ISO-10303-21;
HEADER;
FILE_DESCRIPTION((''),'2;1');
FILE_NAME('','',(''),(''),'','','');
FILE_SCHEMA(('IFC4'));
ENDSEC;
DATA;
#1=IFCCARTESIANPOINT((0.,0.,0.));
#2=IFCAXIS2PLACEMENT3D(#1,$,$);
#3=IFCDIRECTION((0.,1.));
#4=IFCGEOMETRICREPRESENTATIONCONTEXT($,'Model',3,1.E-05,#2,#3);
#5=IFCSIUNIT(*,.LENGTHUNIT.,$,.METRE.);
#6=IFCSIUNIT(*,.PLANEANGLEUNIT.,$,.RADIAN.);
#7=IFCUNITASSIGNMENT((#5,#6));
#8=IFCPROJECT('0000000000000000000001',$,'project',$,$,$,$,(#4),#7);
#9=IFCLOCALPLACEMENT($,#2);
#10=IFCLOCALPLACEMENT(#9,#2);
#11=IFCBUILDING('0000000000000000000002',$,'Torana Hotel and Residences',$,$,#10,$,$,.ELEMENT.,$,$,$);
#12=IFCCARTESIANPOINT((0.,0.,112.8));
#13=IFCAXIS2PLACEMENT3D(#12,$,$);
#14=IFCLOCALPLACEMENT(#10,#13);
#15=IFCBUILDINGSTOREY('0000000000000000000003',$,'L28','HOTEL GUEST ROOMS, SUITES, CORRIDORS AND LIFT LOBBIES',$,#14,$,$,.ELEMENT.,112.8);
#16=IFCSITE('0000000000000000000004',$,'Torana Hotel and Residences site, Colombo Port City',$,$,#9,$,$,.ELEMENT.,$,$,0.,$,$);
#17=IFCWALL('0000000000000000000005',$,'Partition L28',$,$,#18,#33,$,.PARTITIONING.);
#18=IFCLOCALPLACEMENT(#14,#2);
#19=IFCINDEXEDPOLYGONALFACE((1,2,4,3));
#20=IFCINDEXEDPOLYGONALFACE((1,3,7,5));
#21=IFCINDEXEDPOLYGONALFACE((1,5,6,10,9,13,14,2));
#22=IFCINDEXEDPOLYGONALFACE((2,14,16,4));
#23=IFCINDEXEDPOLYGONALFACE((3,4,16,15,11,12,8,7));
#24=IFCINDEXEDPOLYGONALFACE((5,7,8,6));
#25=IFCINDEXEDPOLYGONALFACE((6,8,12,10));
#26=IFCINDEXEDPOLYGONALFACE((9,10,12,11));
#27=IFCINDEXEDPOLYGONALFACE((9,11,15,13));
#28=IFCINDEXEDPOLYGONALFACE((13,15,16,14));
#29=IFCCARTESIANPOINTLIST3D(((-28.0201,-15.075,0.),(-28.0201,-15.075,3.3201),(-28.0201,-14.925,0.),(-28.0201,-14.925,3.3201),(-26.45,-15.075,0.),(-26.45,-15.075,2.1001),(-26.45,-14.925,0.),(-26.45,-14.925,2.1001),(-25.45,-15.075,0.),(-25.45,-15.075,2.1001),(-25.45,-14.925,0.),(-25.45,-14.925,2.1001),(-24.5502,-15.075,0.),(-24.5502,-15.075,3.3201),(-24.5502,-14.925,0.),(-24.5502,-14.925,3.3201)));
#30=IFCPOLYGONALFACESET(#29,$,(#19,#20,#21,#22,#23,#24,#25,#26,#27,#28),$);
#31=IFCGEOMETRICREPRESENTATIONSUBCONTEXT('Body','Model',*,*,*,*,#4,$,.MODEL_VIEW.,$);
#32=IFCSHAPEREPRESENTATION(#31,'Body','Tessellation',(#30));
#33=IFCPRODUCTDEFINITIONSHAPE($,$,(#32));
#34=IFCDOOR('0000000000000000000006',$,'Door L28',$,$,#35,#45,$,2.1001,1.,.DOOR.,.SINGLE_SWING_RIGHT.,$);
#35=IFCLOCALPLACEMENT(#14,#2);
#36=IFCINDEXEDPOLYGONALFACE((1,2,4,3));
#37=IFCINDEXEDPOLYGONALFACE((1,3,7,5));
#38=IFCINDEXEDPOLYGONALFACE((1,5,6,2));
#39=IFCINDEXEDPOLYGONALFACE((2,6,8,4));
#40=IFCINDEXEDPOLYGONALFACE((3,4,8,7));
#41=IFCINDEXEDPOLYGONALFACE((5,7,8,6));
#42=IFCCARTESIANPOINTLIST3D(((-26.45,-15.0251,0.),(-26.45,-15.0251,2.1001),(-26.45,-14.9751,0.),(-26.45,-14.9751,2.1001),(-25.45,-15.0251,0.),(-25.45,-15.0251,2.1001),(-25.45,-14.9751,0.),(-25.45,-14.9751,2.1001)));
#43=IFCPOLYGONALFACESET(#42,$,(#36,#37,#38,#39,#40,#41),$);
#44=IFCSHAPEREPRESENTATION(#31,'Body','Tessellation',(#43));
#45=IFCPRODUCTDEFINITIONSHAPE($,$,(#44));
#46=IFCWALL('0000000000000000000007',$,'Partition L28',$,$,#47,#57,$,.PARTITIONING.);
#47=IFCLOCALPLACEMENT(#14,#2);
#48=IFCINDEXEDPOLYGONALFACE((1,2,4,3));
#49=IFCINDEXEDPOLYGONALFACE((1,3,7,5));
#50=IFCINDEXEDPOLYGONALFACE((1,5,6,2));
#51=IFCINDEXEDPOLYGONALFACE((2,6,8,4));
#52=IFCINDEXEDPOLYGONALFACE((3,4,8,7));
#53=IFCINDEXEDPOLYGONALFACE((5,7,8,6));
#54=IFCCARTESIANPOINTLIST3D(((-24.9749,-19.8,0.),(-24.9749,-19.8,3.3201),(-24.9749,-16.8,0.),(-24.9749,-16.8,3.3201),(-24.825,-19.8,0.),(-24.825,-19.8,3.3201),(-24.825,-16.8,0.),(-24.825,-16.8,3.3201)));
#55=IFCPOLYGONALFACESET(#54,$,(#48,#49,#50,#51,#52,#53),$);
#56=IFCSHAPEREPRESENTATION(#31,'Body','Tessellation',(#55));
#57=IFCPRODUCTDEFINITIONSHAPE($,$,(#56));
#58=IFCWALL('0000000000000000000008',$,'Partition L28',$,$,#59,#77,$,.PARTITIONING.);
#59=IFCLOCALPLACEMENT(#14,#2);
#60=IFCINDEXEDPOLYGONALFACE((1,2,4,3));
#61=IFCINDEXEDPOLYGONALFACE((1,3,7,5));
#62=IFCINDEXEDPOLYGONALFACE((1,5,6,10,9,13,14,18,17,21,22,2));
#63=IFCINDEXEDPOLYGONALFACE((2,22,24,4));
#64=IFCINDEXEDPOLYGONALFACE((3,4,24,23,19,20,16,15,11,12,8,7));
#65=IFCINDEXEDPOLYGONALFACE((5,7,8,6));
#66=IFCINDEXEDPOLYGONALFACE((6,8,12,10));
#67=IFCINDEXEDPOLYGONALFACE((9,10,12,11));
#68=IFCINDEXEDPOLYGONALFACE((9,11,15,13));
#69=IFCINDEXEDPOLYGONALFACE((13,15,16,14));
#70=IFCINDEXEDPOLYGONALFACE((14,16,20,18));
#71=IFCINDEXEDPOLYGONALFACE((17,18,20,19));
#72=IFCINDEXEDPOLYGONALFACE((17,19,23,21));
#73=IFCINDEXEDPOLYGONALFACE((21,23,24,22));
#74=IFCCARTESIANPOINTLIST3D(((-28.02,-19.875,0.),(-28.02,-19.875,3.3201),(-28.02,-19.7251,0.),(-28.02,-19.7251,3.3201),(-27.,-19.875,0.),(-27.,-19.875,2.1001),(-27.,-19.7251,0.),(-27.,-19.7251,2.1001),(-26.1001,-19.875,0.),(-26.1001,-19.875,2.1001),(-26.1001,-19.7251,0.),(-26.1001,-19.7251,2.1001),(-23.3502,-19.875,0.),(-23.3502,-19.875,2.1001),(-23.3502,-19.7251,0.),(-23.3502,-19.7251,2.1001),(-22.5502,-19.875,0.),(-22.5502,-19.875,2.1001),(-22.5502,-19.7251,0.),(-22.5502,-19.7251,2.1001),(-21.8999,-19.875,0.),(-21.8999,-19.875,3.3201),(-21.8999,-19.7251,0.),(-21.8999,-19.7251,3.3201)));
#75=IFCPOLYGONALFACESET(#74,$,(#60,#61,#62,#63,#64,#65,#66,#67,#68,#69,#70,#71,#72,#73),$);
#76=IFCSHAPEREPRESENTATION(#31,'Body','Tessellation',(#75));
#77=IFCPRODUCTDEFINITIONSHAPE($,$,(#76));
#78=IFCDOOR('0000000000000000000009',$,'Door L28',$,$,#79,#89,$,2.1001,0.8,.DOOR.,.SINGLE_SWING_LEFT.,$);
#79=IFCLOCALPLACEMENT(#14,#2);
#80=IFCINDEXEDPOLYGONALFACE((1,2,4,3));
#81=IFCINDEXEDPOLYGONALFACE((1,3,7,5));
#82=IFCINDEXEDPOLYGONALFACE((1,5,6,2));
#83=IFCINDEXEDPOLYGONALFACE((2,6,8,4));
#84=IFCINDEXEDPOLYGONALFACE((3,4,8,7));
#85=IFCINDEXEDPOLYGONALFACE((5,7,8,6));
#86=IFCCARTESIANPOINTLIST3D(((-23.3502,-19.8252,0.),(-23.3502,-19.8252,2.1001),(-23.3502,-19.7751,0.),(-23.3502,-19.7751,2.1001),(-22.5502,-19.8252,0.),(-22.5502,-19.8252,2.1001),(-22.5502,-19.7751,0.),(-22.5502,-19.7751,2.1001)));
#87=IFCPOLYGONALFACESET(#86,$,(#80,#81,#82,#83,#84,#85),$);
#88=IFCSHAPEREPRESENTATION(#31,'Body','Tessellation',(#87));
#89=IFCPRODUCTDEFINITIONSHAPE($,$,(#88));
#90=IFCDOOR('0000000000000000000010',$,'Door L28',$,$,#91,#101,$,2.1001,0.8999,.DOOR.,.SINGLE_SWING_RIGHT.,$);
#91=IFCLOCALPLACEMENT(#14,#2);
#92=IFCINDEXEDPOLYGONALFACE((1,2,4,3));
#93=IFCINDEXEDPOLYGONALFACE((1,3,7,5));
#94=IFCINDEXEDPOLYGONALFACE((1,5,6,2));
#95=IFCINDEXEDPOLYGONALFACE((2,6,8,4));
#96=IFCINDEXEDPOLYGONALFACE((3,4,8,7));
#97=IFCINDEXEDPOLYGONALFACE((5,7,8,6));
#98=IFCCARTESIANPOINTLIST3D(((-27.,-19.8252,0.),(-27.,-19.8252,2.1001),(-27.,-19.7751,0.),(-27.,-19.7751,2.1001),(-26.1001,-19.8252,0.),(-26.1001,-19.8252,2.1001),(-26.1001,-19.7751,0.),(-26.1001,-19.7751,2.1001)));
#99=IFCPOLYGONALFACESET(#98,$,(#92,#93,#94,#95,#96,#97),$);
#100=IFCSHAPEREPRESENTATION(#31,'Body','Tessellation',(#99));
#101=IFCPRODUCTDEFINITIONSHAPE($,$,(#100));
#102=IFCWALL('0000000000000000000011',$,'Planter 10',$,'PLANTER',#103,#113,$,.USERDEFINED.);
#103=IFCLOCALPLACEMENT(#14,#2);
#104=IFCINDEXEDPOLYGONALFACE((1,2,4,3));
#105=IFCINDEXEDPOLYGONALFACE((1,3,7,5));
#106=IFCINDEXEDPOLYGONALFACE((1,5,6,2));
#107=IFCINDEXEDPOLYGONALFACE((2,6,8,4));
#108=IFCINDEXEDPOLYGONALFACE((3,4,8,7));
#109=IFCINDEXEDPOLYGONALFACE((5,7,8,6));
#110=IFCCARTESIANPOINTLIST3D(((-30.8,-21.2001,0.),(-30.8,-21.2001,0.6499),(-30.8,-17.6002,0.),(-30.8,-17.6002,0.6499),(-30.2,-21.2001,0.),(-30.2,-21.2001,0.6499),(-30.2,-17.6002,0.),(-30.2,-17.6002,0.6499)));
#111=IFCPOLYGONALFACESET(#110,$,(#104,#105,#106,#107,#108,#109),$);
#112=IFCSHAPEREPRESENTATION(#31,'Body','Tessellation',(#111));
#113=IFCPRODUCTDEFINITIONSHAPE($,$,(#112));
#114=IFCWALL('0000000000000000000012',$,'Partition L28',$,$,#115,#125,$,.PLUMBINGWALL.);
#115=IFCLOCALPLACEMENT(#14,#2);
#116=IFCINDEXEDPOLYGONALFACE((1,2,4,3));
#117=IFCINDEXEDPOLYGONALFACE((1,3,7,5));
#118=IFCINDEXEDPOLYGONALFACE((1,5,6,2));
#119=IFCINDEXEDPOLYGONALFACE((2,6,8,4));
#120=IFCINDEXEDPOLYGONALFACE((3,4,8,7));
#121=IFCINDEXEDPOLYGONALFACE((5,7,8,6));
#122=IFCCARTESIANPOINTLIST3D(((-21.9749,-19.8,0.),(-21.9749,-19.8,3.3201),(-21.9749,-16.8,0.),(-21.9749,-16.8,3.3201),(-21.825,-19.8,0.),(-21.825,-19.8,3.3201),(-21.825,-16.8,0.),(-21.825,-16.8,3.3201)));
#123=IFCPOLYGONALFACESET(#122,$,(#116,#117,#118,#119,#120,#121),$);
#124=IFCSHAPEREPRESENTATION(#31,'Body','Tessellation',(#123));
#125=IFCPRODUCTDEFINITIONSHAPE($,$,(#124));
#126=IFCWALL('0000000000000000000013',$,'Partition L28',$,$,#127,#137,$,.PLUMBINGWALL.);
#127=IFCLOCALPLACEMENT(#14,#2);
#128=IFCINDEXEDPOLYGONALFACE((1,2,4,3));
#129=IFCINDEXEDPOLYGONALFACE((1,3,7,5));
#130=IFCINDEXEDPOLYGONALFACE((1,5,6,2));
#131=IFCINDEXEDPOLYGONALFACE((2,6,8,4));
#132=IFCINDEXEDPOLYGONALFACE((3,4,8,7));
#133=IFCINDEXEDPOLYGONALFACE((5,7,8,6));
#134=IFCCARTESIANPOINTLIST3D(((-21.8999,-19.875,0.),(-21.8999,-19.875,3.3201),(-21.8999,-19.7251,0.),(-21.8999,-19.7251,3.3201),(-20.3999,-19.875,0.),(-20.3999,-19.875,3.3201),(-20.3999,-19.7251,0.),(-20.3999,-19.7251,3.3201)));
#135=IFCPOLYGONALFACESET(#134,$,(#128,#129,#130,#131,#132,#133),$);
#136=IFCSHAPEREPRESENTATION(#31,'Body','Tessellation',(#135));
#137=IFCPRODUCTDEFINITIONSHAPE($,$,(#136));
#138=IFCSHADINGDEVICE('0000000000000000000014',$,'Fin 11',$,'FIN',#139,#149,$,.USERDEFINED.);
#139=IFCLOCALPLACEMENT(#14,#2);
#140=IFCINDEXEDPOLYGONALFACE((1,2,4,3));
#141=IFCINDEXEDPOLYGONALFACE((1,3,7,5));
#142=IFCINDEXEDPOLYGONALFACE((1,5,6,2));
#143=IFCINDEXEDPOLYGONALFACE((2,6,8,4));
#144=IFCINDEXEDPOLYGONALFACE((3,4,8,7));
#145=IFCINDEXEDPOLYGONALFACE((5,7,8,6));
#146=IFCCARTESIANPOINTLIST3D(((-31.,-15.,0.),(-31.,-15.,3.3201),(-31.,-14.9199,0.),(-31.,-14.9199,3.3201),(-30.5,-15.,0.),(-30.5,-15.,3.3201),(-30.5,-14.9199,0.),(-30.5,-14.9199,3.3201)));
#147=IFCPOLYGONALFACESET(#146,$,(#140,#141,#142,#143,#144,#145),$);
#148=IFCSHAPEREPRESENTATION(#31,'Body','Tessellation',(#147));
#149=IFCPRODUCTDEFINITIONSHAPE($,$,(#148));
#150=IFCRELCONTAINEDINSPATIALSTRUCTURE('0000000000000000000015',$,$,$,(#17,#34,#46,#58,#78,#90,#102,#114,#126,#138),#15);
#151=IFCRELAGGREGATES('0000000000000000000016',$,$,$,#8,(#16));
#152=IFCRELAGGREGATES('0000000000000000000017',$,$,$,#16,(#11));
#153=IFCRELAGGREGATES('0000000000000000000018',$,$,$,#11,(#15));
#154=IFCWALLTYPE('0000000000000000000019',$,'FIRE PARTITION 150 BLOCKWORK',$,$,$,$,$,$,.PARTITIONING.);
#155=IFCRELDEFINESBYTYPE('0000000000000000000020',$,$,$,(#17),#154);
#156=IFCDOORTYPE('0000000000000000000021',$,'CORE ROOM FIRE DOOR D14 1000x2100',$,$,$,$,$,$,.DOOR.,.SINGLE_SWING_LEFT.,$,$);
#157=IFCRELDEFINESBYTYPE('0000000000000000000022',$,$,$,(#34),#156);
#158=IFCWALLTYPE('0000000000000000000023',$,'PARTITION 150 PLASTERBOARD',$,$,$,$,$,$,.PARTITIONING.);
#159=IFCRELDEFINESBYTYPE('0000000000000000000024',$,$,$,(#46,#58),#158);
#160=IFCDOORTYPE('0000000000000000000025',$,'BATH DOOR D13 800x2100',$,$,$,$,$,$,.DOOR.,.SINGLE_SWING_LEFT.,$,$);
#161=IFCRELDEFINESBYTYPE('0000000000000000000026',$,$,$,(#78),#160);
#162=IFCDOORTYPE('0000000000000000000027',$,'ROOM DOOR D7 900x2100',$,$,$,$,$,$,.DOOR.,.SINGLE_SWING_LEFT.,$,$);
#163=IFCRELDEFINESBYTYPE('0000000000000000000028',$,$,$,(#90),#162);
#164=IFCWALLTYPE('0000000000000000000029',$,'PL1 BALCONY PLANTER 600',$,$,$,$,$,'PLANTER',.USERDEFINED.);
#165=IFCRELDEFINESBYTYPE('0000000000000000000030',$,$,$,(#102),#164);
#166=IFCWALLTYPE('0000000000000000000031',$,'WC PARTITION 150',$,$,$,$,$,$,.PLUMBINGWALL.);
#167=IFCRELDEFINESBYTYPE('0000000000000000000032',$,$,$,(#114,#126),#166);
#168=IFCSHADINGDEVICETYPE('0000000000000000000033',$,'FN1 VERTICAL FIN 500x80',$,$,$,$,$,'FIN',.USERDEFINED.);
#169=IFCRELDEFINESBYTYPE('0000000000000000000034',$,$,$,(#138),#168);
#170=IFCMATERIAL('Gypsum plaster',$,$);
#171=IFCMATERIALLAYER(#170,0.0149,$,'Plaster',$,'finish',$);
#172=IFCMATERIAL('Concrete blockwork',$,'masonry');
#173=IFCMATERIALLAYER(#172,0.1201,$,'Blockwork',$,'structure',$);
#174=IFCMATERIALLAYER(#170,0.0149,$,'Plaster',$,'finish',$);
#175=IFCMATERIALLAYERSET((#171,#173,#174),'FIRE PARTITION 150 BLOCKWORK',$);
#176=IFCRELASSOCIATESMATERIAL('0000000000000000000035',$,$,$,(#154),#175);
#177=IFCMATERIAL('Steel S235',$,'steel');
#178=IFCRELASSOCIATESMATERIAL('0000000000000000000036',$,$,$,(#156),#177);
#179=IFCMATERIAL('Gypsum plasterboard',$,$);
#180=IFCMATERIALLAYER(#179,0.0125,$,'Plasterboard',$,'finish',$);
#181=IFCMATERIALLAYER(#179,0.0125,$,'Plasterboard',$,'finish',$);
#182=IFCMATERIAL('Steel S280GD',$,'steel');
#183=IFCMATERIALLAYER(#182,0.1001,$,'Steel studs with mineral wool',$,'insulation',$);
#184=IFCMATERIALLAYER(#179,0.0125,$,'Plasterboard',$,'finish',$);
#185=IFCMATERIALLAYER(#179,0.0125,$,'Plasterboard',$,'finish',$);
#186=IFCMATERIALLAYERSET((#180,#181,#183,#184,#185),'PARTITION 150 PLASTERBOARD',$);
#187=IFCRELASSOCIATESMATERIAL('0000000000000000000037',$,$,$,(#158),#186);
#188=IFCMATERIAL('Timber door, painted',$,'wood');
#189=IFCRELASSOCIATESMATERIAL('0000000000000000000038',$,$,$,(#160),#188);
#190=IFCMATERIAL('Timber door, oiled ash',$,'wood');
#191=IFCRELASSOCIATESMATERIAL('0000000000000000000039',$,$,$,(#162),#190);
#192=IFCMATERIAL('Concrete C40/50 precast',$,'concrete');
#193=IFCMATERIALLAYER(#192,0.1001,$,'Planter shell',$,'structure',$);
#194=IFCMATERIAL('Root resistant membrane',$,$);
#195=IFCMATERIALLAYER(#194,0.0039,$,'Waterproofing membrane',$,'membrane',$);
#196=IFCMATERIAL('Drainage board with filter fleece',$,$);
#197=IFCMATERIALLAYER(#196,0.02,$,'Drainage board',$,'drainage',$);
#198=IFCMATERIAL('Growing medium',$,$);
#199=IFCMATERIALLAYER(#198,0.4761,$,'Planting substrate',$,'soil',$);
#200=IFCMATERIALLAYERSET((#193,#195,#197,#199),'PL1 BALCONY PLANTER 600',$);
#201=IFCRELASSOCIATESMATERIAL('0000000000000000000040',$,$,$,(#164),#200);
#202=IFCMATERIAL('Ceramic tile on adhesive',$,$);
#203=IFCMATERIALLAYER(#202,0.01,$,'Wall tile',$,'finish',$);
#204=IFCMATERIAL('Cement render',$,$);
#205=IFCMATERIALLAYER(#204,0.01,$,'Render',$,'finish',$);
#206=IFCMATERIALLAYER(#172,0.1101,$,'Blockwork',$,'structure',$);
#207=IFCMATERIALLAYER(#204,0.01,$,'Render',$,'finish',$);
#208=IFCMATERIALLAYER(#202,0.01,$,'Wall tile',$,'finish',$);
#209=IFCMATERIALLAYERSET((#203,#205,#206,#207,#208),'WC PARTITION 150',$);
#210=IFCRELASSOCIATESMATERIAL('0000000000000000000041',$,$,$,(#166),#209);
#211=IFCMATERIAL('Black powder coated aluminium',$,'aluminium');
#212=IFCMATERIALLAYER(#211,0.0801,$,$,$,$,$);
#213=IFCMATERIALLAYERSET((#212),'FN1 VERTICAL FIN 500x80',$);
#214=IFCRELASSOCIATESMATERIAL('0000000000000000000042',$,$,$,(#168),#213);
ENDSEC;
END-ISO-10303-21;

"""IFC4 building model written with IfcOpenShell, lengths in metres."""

from ifc_helpers import new_model, si_unit, direction, frame, frame_2d, origin, origin_2d, place, context, subcontext, project, spatial, rectangle, extrude, material, layer, layer_set, type_object, element, fill, save


model = new_model("IFC4")

# Units and contexts
model_context = context("Model", 3, precision=1e-05, world=origin(), true_north=direction((0.0, 1.0)))
body_context = subcontext(model_context, "Body", "Model", "MODEL_VIEW")
ifc_project = project(units=[si_unit("LENGTHUNIT", "METRE"), si_unit("PLANEANGLEUNIT", "RADIAN")], contexts=[model_context])

# Site, building, storey
site_placement = place(None, origin())
site = spatial("IfcSite", under=ifc_project, at=site_placement, Name="Torana Hotel and Residences site, Colombo Port City", CompositionType="ELEMENT", RefElevation=0.0)
building_placement = place(site_placement, origin())
building = spatial("IfcBuilding", under=site, at=building_placement, Name="Torana Hotel and Residences", CompositionType="ELEMENT")
storey_placement = place(building_placement, frame((0.0, 0.0, 112.8)))
storey = spatial("IfcBuildingStorey", under=building, at=storey_placement, Name="L28", Description="HOTEL GUEST ROOMS, SUITES, CORRIDORS AND LIFT LOBBIES", CompositionType="ELEMENT", Elevation=112.8)

# Shared definitions
ifc_material_1 = material(Name="Gypsum plaster")
ifc_layer_1 = layer(ifc_material_1, 0.0149, Name="Plaster", Category="finish")
ifc_material_2 = material(Name="Concrete blockwork", Category="masonry")
ifc_layer_2 = layer(ifc_material_2, 0.1201, Name="Blockwork", Category="structure")
ifc_layer_3 = layer(ifc_material_1, 0.0149, Name="Plaster", Category="finish")
ifc_layer_set_1 = layer_set([ifc_layer_1, ifc_layer_2, ifc_layer_3], Name="FIRE PARTITION 150 BLOCKWORK")
wall_type_1 = type_object("IfcWallType", Name="FIRE PARTITION 150 BLOCKWORK", PredefinedType="PARTITIONING", material=ifc_layer_set_1)

# Wall, opening, door
wall_1_placement = place(storey_placement, frame((-28.02, -15.0, 0.0), z_axis=(0.0, 0.0, 1.0), x_axis=(1.0, 0.0, 0.0)))
wall_1 = element("IfcWall", 1, at=wall_1_placement, inside=storey, type_object=wall_type_1, Name="Partition L28", PredefinedType="PARTITIONING", context=body_context, shape_type="SweptSolid", body=[
    extrude(rectangle(XDim=3.47, YDim=0.1499, at=frame_2d((1.7349, 0.0))), origin(), (0.0, 0.0, 1.0), 3.3201),
])
opening_1_placement = place(wall_1_placement, frame((1.5701, 0.0, 0.0)))
opening_1 = element("IfcOpeningElement", 2, at=opening_1_placement, cuts=wall_1, PredefinedType="OPENING", context=body_context, shape_type="SweptSolid", body=[
    extrude(rectangle(XDim=1.0, YDim=2.1001, at=frame_2d((0.5, 1.05))), frame((0.0, 0.085, 0.0), z_axis=(0.0, -1.0, 0.0), x_axis=(1.0, 0.0, 0.0)), (0.0, 0.0, 1.0), 0.1699),
])
ifc_material_3 = material(Name="Steel S235", Category="steel")
door_type_1 = type_object("IfcDoorType", Name="CORE ROOM FIRE DOOR D14 1000x2100", OperationType="SINGLE_SWING_LEFT", PredefinedType="DOOR", material=ifc_material_3)
door_1_placement = place(opening_1_placement, origin())
door_1 = element("IfcDoor", 3, at=door_1_placement, inside=storey, type_object=door_type_1, Name="Door L28", OperationType="SINGLE_SWING_RIGHT", OverallHeight=2.1001, OverallWidth=1.0, PredefinedType="DOOR", context=body_context, shape_type="SweptSolid", body=[
    extrude(rectangle(XDim=1.0, YDim=2.1001, at=frame_2d((0.5, 1.05))), frame((0.0, 0.0249, 0.0), z_axis=(0.0, -1.0, 0.0), x_axis=(1.0, 0.0, 0.0)), (0.0, 0.0, 1.0), 0.05),
])
fill(opening_1, door_1)

# Wall
ifc_material_4 = material(Name="Gypsum plasterboard")
ifc_layer_4 = layer(ifc_material_4, 0.0125, Name="Plasterboard", Category="finish")
ifc_layer_5 = layer(ifc_material_4, 0.0125, Name="Plasterboard", Category="finish")
ifc_material_5 = material(Name="Steel S280GD", Category="steel")
ifc_layer_6 = layer(ifc_material_5, 0.1001, Name="Steel studs with mineral wool", Category="insulation")
ifc_layer_7 = layer(ifc_material_4, 0.0125, Name="Plasterboard", Category="finish")
ifc_layer_8 = layer(ifc_material_4, 0.0125, Name="Plasterboard", Category="finish")
ifc_layer_set_2 = layer_set([ifc_layer_4, ifc_layer_5, ifc_layer_6, ifc_layer_7, ifc_layer_8], Name="PARTITION 150 PLASTERBOARD")
wall_type_2 = type_object("IfcWallType", Name="PARTITION 150 PLASTERBOARD", PredefinedType="PARTITIONING", material=ifc_layer_set_2)
wall_2_placement = place(storey_placement, frame((-24.8999, -19.8, 0.0), z_axis=(0.0, 0.0, 1.0), x_axis=(0.0, 1.0, 0.0)))
element("IfcWall", 4, at=wall_2_placement, inside=storey, type_object=wall_type_2, Name="Partition L28", PredefinedType="PARTITIONING", context=body_context, shape_type="SweptSolid", body=[
    extrude(rectangle(XDim=3.0, YDim=0.1499, at=frame_2d((1.5, 0.0))), origin(), (0.0, 0.0, 1.0), 3.3201),
])

# Wall, openings, doors
wall_3_placement = place(storey_placement, frame((-28.02, -19.8, 0.0), z_axis=(0.0, 0.0, 1.0), x_axis=(1.0, 0.0, 0.0)))
wall_3 = element("IfcWall", 5, at=wall_3_placement, inside=storey, type_object=wall_type_2, Name="Partition L28", PredefinedType="PARTITIONING", context=body_context, shape_type="SweptSolid", body=[
    extrude(rectangle(XDim=6.1201, YDim=0.1499, at=frame_2d((3.0601, 0.0))), origin(), (0.0, 0.0, 1.0), 3.3201),
])
opening_2_placement = place(wall_3_placement, frame((4.6699, 0.0, 0.0)))
opening_2 = element("IfcOpeningElement", 6, at=opening_2_placement, cuts=wall_3, PredefinedType="OPENING", context=body_context, shape_type="SweptSolid", body=[
    extrude(rectangle(XDim=0.8, YDim=2.1001, at=frame_2d((0.3999, 1.05))), frame((0.0, 0.085, 0.0), z_axis=(0.0, -1.0, 0.0), x_axis=(1.0, 0.0, 0.0)), (0.0, 0.0, 1.0), 0.1699),
])
opening_3_placement = place(wall_3_placement, frame((1.02, 0.0, 0.0)))
opening_3 = element("IfcOpeningElement", 7, at=opening_3_placement, cuts=wall_3, PredefinedType="OPENING", context=body_context, shape_type="SweptSolid", body=[
    extrude(rectangle(XDim=0.8999, YDim=2.1001, at=frame_2d((0.45, 1.05))), frame((0.0, 0.085, 0.0), z_axis=(0.0, -1.0, 0.0), x_axis=(1.0, 0.0, 0.0)), (0.0, 0.0, 1.0), 0.1699),
])
ifc_material_6 = material(Name="Timber door, painted", Category="wood")
door_type_2 = type_object("IfcDoorType", Name="BATH DOOR D13 800x2100", OperationType="SINGLE_SWING_LEFT", PredefinedType="DOOR", material=ifc_material_6)
door_2_placement = place(opening_2_placement, origin())
door_2 = element("IfcDoor", 8, at=door_2_placement, inside=storey, type_object=door_type_2, Name="Door L28", OperationType="SINGLE_SWING_LEFT", OverallHeight=2.1001, OverallWidth=0.8, PredefinedType="DOOR", context=body_context, shape_type="SweptSolid", body=[
    extrude(rectangle(XDim=0.8, YDim=2.1001, at=frame_2d((0.3999, 1.05))), frame((0.0, 0.0249, 0.0), z_axis=(0.0, -1.0, 0.0), x_axis=(1.0, 0.0, 0.0)), (0.0, 0.0, 1.0), 0.05),
])
fill(opening_2, door_2)
ifc_material_7 = material(Name="Timber door, oiled ash", Category="wood")
door_type_3 = type_object("IfcDoorType", Name="ROOM DOOR D7 900x2100", OperationType="SINGLE_SWING_LEFT", PredefinedType="DOOR", material=ifc_material_7)
door_3_placement = place(opening_3_placement, origin())
door_3 = element("IfcDoor", 9, at=door_3_placement, inside=storey, type_object=door_type_3, Name="Door L28", OperationType="SINGLE_SWING_RIGHT", OverallHeight=2.1001, OverallWidth=0.8999, PredefinedType="DOOR", context=body_context, shape_type="SweptSolid", body=[
    extrude(rectangle(XDim=0.8999, YDim=2.1001, at=frame_2d((0.45, 1.05))), frame((0.0, 0.0249, 0.0), z_axis=(0.0, -1.0, 0.0), x_axis=(1.0, 0.0, 0.0)), (0.0, 0.0, 1.0), 0.05),
])
fill(opening_3, door_3)

# Walls
ifc_material_8 = material(Name="Concrete C40/50 precast", Category="concrete")
ifc_layer_9 = layer(ifc_material_8, 0.1001, Name="Planter shell", Category="structure")
ifc_material_9 = material(Name="Root resistant membrane")
ifc_layer_10 = layer(ifc_material_9, 0.0039, Name="Waterproofing membrane", Category="membrane")
ifc_material_10 = material(Name="Drainage board with filter fleece")
ifc_layer_11 = layer(ifc_material_10, 0.02, Name="Drainage board", Category="drainage")
ifc_material_11 = material(Name="Growing medium")
ifc_layer_12 = layer(ifc_material_11, 0.4761, Name="Planting substrate", Category="soil")
ifc_layer_set_3 = layer_set([ifc_layer_9, ifc_layer_10, ifc_layer_11, ifc_layer_12], Name="PL1 BALCONY PLANTER 600")
wall_type_3 = type_object("IfcWallType", Name="PL1 BALCONY PLANTER 600", ElementType="PLANTER", PredefinedType="USERDEFINED", material=ifc_layer_set_3)
wall_4_placement = place(storey_placement, frame((-30.5, -21.2, 0.0), z_axis=(0.0, 0.0, 1.0), x_axis=(0.0, 1.0, 0.0)))
element("IfcWall", 10, at=wall_4_placement, inside=storey, type_object=wall_type_3, Name="Planter 10", ObjectType="PLANTER", PredefinedType="USERDEFINED", context=body_context, shape_type="SweptSolid", body=[
    extrude(rectangle(XDim=3.5999, YDim=0.6001, at=frame_2d((1.7998, 0.0))), origin(), (0.0, 0.0, 1.0), 0.6499),
])
ifc_material_12 = material(Name="Ceramic tile on adhesive")
ifc_layer_13 = layer(ifc_material_12, 0.01, Name="Wall tile", Category="finish")
ifc_material_13 = material(Name="Cement render")
ifc_layer_14 = layer(ifc_material_13, 0.01, Name="Render", Category="finish")
ifc_layer_15 = layer(ifc_material_2, 0.1101, Name="Blockwork", Category="structure")
ifc_layer_16 = layer(ifc_material_13, 0.01, Name="Render", Category="finish")
ifc_layer_17 = layer(ifc_material_12, 0.01, Name="Wall tile", Category="finish")
ifc_layer_set_4 = layer_set([ifc_layer_13, ifc_layer_14, ifc_layer_15, ifc_layer_16, ifc_layer_17], Name="WC PARTITION 150")
wall_type_4 = type_object("IfcWallType", Name="WC PARTITION 150", PredefinedType="PLUMBINGWALL", material=ifc_layer_set_4)
wall_5_placement = place(storey_placement, frame((-21.8999, -19.8, 0.0), z_axis=(0.0, 0.0, 1.0), x_axis=(0.0, 1.0, 0.0)))
element("IfcWall", 11, at=wall_5_placement, inside=storey, type_object=wall_type_4, Name="Partition L28", PredefinedType="PLUMBINGWALL", context=body_context, shape_type="SweptSolid", body=[
    extrude(rectangle(XDim=3.0, YDim=0.1499, at=frame_2d((1.5, 0.0))), origin(), (0.0, 0.0, 1.0), 3.3201),
])
wall_6_placement = place(storey_placement, frame((-21.8999, -19.8, 0.0), z_axis=(0.0, 0.0, 1.0), x_axis=(1.0, 0.0, 0.0)))
element("IfcWall", 12, at=wall_6_placement, inside=storey, type_object=wall_type_4, Name="Partition L28", PredefinedType="PLUMBINGWALL", context=body_context, shape_type="SweptSolid", body=[
    extrude(rectangle(XDim=1.5, YDim=0.1499, at=frame_2d((0.75, 0.0))), origin(), (0.0, 0.0, 1.0), 3.3201),
])

# Shading device
ifc_material_14 = material(Name="Black powder coated aluminium", Category="aluminium")
ifc_layer_18 = layer(ifc_material_14, 0.0801)
ifc_layer_set_5 = layer_set([ifc_layer_18], Name="FN1 VERTICAL FIN 500x80")
shading_device_type = type_object("IfcShadingDeviceType", Name="FN1 VERTICAL FIN 500x80", ElementType="FIN", PredefinedType="USERDEFINED", material=ifc_layer_set_5)
shading_device_placement = place(storey_placement, frame((-30.75, -14.96, 0.0), z_axis=(0.0, 0.0, 1.0), x_axis=(0.0, 1.0, 0.0)))
element("IfcShadingDevice", 13, at=shading_device_placement, inside=storey, type_object=shading_device_type, Name="Fin 11", ObjectType="FIN", PredefinedType="USERDEFINED", context=body_context, shape_type="SweptSolid", body=[
    extrude(rectangle(XDim=0.0801, YDim=0.5, at=origin_2d()), origin(), (0.0, 0.0, 1.0), 3.3201),
])

save(model, "model.ifc")
